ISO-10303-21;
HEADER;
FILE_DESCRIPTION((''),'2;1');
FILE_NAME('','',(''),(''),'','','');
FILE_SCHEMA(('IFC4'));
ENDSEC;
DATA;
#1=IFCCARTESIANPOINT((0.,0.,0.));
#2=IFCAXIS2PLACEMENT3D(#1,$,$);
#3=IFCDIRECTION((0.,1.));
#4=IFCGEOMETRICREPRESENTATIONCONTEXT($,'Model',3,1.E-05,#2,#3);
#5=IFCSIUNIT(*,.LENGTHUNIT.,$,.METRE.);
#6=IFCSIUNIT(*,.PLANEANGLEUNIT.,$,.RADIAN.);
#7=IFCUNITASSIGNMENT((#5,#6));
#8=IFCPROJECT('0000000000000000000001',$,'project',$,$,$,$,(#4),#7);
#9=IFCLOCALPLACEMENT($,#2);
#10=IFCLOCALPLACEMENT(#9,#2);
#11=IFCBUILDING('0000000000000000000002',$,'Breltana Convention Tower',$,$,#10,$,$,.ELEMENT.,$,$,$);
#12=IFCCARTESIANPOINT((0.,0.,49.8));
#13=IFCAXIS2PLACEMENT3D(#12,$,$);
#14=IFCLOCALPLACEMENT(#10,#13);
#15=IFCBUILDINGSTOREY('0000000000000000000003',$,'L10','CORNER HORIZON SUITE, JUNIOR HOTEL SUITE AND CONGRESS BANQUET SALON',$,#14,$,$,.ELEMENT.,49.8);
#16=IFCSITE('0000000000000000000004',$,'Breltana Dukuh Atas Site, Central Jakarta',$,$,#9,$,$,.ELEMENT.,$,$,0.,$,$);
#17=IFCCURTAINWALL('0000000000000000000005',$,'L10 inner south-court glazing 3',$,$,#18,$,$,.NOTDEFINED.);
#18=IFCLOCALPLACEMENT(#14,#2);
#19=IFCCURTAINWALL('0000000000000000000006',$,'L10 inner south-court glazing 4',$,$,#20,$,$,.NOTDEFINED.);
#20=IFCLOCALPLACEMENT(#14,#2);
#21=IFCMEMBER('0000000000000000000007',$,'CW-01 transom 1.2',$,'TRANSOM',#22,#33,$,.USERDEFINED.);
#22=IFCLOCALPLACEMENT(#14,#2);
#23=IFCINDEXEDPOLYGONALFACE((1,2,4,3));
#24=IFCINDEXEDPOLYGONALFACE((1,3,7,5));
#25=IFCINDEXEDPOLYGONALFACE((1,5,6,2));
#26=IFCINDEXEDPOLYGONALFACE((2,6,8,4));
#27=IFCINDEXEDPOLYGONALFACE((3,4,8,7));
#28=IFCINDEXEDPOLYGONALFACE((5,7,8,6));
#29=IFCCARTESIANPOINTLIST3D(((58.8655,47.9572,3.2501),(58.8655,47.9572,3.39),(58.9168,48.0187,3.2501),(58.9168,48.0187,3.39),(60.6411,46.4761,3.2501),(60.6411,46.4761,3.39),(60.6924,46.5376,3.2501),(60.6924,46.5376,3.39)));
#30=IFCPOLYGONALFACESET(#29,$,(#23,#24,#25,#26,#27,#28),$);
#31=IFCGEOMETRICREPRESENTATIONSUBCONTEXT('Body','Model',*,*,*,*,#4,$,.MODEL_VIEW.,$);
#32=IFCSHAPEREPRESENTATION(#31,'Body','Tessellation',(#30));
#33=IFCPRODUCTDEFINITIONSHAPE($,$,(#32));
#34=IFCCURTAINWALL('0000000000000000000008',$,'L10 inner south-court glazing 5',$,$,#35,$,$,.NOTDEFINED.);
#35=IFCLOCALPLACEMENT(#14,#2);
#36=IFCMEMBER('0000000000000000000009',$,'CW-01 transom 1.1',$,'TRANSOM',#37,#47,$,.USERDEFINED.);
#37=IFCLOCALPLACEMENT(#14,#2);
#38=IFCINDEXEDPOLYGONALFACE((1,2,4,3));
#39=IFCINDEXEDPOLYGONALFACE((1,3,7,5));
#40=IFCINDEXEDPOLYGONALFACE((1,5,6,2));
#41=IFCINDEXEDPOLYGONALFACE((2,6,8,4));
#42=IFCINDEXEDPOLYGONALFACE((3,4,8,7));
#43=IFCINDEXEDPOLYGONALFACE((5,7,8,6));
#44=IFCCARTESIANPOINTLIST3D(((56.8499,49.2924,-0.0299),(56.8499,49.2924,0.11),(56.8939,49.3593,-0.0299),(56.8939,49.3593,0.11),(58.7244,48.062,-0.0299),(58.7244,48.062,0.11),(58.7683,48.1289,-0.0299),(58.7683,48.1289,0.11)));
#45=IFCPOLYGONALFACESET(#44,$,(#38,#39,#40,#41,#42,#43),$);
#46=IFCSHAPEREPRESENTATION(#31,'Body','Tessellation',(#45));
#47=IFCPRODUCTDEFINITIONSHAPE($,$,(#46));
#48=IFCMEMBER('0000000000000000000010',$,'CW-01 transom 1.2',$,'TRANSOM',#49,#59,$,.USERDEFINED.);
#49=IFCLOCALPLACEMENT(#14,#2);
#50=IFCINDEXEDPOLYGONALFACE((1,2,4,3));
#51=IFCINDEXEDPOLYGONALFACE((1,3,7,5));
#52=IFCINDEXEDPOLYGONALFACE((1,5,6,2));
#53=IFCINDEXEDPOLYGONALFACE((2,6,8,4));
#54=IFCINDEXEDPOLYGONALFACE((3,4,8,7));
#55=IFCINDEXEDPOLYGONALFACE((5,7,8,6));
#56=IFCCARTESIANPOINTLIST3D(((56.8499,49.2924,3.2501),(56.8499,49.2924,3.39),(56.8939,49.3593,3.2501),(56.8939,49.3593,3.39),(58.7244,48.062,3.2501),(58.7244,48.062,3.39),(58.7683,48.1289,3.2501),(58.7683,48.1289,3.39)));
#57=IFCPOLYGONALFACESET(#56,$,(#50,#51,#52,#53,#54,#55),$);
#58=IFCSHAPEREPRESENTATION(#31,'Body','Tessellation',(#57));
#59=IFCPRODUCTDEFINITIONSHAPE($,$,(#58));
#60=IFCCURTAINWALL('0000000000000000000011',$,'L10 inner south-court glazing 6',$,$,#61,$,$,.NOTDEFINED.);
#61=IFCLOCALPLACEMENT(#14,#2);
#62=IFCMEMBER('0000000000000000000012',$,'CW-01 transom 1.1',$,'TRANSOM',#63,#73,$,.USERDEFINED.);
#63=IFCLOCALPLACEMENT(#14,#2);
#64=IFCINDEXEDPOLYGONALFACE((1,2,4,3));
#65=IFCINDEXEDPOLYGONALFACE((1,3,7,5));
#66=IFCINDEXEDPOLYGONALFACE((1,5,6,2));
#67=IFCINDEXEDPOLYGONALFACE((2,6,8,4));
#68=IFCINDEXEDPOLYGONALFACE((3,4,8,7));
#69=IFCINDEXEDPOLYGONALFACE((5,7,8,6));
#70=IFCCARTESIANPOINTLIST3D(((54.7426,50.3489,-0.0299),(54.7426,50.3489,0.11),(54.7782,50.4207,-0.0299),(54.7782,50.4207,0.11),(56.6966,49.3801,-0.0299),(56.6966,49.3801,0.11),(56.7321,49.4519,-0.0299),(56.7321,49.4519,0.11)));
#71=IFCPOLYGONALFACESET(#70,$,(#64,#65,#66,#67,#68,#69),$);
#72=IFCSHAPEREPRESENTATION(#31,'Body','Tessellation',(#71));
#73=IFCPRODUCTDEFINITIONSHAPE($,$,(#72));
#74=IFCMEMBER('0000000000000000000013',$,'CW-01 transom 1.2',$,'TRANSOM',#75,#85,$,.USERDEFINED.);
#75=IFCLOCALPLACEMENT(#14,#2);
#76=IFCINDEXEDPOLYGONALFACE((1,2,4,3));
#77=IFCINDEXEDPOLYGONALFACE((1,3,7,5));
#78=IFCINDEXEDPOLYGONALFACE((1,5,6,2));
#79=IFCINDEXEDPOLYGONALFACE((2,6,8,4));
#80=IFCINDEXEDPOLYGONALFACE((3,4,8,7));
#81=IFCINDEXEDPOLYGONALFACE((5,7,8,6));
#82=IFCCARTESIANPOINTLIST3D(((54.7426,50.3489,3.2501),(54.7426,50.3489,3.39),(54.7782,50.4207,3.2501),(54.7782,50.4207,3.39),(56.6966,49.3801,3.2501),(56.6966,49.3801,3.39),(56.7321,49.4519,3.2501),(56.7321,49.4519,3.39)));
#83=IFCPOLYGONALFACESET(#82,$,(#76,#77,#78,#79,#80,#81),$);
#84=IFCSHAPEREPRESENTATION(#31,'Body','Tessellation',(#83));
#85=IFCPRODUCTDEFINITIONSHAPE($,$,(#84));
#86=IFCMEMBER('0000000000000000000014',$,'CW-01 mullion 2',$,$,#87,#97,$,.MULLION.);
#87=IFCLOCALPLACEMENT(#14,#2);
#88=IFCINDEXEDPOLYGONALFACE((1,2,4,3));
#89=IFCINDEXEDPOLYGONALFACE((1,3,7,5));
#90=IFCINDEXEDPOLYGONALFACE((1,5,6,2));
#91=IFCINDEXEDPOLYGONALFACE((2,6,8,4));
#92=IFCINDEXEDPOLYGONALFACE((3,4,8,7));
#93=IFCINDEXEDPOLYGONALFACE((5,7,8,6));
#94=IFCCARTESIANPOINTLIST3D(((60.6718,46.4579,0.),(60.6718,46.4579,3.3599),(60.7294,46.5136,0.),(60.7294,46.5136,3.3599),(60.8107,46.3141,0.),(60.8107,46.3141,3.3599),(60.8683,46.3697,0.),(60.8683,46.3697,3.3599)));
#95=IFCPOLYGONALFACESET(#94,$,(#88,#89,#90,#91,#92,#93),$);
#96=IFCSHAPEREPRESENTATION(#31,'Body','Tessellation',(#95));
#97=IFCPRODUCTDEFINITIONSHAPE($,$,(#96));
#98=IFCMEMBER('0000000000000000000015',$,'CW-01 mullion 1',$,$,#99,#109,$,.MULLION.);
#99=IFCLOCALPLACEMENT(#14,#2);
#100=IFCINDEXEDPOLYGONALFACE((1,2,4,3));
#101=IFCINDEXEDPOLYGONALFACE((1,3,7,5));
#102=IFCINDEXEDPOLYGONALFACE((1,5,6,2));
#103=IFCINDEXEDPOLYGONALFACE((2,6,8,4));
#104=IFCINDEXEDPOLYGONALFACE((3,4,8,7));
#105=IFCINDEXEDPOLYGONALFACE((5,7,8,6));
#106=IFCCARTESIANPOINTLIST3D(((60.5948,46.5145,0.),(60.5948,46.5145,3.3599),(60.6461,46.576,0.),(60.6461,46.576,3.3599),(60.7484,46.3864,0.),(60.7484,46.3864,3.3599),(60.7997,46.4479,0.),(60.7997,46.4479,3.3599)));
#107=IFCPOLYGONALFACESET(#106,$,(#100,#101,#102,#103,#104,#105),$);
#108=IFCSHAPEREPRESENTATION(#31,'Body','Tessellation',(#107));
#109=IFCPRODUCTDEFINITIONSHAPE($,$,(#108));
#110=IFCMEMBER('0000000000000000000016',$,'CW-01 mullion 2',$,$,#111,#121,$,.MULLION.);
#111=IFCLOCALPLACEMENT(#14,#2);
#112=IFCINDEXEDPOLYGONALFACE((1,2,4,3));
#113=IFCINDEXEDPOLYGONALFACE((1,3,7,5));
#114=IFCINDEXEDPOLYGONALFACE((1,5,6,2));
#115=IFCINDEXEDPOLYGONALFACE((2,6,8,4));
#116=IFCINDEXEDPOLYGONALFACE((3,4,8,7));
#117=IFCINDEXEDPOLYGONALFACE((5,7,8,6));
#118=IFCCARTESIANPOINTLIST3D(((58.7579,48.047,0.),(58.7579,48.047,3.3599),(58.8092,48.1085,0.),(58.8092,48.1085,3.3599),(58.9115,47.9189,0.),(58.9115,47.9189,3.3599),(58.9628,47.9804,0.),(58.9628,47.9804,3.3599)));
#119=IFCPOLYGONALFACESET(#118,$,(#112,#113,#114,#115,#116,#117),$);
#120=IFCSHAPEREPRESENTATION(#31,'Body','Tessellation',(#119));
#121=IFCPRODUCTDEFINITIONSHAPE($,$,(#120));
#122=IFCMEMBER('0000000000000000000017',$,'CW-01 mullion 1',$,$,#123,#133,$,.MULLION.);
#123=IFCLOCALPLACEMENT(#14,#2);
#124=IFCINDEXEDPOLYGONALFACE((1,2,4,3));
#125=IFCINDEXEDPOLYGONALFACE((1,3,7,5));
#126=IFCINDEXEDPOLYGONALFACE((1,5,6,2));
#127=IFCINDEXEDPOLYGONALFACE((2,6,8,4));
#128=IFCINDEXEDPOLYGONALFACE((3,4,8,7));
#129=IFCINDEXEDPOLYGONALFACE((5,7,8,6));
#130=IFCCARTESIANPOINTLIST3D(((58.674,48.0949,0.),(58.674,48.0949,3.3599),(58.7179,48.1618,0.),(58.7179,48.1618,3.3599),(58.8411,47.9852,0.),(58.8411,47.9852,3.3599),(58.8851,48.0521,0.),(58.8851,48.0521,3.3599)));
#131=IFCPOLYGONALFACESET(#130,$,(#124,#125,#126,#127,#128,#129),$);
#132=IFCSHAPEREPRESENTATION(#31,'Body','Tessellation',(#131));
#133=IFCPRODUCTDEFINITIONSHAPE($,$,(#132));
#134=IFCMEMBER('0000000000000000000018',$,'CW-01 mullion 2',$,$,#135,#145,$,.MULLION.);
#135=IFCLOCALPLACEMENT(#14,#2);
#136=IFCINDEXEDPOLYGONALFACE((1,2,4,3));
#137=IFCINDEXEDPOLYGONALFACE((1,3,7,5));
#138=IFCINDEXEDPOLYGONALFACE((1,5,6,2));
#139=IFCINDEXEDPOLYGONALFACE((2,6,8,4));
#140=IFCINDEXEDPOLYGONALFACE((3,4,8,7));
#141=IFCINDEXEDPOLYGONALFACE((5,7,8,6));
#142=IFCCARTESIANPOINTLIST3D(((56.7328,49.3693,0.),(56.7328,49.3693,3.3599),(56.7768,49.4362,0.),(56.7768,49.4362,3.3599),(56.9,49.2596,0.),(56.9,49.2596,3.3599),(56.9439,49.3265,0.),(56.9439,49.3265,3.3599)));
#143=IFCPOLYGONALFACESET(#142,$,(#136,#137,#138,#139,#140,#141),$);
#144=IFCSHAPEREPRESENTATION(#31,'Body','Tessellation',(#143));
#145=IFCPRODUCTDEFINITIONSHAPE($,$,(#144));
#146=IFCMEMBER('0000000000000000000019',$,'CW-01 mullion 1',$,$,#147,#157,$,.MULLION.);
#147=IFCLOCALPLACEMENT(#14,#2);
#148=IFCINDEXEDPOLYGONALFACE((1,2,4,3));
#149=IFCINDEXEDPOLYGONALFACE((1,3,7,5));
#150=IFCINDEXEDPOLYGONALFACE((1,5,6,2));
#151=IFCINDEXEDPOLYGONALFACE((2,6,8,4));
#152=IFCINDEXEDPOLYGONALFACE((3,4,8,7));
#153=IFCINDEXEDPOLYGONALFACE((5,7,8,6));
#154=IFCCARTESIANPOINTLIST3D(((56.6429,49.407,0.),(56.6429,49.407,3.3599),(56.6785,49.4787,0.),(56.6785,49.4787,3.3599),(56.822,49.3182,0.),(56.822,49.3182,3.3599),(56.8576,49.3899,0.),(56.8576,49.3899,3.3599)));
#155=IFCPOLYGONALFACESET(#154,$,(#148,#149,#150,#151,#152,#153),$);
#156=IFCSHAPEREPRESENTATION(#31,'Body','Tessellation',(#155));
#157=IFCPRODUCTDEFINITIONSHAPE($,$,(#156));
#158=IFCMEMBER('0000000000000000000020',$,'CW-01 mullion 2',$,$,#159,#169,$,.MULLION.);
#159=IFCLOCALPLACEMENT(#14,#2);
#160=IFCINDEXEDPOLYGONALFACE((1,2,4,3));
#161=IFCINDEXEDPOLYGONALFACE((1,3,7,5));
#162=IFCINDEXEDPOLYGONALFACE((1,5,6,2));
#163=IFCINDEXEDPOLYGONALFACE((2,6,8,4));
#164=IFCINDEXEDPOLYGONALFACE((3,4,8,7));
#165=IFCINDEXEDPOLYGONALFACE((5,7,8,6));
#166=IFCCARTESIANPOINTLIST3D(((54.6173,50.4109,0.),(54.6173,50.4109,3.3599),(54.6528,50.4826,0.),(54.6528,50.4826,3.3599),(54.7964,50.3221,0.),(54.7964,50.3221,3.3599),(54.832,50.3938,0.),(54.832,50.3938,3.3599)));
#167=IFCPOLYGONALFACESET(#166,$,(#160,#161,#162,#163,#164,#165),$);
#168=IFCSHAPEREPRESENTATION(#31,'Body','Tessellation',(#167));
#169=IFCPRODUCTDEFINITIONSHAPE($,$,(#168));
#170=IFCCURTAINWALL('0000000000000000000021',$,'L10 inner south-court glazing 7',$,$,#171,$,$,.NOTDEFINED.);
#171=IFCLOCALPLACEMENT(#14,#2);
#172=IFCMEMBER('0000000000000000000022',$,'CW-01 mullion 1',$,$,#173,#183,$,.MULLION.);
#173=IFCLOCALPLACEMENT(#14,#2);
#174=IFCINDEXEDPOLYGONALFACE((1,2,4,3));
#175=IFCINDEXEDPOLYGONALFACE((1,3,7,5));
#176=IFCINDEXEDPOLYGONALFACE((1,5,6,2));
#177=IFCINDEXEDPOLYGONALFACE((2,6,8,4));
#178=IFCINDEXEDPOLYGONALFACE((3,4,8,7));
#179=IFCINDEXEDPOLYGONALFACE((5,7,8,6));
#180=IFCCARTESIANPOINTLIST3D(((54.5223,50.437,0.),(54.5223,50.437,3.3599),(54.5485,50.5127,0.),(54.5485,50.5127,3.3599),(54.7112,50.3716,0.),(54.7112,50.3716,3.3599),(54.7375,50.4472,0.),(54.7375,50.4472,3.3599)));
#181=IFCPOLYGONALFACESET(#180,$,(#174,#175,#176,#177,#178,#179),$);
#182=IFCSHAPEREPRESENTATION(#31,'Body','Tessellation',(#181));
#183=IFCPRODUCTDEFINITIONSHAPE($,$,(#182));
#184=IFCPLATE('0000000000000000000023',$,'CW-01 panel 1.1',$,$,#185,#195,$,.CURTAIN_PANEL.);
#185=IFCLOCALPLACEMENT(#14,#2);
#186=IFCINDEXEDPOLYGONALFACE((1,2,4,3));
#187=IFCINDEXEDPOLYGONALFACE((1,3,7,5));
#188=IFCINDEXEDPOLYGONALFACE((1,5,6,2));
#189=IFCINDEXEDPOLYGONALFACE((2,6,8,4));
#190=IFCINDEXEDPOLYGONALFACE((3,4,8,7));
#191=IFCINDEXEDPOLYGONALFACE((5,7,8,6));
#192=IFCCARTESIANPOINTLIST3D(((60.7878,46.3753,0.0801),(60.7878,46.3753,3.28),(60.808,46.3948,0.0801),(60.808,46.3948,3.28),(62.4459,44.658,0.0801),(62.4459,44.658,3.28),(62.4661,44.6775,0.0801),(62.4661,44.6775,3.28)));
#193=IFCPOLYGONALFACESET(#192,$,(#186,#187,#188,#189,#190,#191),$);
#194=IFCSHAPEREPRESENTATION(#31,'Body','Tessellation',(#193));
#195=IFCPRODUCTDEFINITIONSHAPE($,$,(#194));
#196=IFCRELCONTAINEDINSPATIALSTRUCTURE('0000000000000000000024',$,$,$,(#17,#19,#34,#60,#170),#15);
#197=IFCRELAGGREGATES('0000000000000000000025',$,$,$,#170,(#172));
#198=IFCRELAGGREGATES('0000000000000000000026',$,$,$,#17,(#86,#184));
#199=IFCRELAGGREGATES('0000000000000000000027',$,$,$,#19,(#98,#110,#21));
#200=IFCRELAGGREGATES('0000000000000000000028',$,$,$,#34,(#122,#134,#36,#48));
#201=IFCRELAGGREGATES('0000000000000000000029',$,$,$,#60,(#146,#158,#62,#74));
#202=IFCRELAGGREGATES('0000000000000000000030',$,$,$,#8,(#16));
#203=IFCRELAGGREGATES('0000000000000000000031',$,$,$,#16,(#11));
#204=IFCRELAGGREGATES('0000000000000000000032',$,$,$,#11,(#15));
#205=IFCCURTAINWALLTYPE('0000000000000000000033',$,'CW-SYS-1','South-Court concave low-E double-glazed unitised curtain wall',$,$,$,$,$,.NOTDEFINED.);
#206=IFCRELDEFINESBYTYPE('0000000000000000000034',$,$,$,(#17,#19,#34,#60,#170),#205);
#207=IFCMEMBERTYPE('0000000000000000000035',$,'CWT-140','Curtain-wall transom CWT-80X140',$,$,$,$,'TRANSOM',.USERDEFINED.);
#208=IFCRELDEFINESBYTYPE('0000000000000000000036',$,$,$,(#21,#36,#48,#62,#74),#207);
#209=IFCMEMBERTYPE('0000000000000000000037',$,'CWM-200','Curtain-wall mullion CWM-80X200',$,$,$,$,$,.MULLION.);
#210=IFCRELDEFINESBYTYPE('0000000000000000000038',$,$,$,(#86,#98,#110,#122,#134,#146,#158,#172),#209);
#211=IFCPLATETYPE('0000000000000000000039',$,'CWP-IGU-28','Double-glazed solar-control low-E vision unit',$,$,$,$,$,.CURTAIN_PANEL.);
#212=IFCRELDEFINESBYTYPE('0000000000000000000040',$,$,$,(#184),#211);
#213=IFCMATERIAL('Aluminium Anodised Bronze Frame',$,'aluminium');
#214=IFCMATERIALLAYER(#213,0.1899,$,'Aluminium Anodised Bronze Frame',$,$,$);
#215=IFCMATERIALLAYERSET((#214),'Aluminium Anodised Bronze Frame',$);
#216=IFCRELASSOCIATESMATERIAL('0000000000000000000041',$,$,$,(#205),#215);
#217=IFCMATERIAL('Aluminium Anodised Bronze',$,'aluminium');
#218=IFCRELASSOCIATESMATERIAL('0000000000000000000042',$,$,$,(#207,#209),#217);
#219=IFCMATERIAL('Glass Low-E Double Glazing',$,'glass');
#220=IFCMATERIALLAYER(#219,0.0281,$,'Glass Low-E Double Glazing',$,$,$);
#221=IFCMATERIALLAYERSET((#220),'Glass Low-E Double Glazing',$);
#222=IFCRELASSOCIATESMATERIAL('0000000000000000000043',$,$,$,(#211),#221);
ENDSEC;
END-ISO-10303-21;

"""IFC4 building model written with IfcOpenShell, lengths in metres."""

from ifc_helpers import new_model, si_unit, direction, frame, origin, origin_2d, place, context, subcontext, project, spatial, rectangle, extrude, source, transform, mapped, material, layer, layer_set, material_profile, profile_set, type_object, element, aggregate, save


model = new_model("IFC4")

# Units and contexts
model_context = context("Model", 3, precision=1e-05, world=origin(), true_north=direction((0.0, 1.0)))
body_context = subcontext(model_context, "Body", "Model", "MODEL_VIEW")
ifc_project = project(units=[si_unit("LENGTHUNIT", "METRE"), si_unit("PLANEANGLEUNIT", "RADIAN")], contexts=[model_context])

# Site, building, storey
site_placement = place(None, origin())
site = spatial("IfcSite", under=ifc_project, at=site_placement, Name="Breltana Dukuh Atas Site, Central Jakarta", CompositionType="ELEMENT", RefElevation=0.0)
building_placement = place(site_placement, origin())
building = spatial("IfcBuilding", under=site, at=building_placement, Name="Breltana Convention Tower", CompositionType="ELEMENT")
storey_placement = place(building_placement, frame((0.0, 0.0, 49.8)))
storey = spatial("IfcBuildingStorey", under=building, at=storey_placement, Name="L10", Description="CORNER HORIZON SUITE, JUNIOR HOTEL SUITE AND CONGRESS BANQUET SALON", CompositionType="ELEMENT", Elevation=49.8)

# Curtain wall
ifc_material_1 = material(Name="Aluminium Anodised Bronze Frame", Category="aluminium")
ifc_layer_1 = layer(ifc_material_1, 0.1899, Name="Aluminium Anodised Bronze Frame")
ifc_layer_set_1 = layer_set([ifc_layer_1], Name="Aluminium Anodised Bronze Frame")
curtain_wall_type = type_object("IfcCurtainWallType", Name="CW-SYS-1", Description="South-Court concave low-E double-glazed unitised curtain wall", PredefinedType="NOTDEFINED", material=ifc_layer_set_1)
curtain_wall_1_placement = place(storey_placement, origin())
curtain_wall_1 = element("IfcCurtainWall", 1, at=curtain_wall_1_placement, inside=storey, type_object=curtain_wall_type, Name="L10 inner south-court glazing 3", PredefinedType="NOTDEFINED")
ifc_material_2 = material(Name="Aluminium Anodised Bronze", Category="aluminium")
ifc_material_profile_1 = material_profile(ifc_material_2, rectangle(XDim=0.0801, YDim=0.1399, at=origin_2d()), Name="CWT-80X140")
ifc_profile_set_1 = profile_set([ifc_material_profile_1], Name="Aluminium Anodised Bronze")
member_type_1 = type_object("IfcMemberType", Name="CWT-140", Description="Curtain-wall transom CWT-80X140", ElementType="TRANSOM", PredefinedType="USERDEFINED", material=ifc_profile_set_1)

# Curtain walls, members
curtain_wall_2_placement = place(storey_placement, origin())
curtain_wall_2 = element("IfcCurtainWall", 2, at=curtain_wall_2_placement, inside=storey, type_object=curtain_wall_type, Name="L10 inner south-court glazing 4", PredefinedType="NOTDEFINED")
shared_shape_1 = source(origin(), body_context, "Body", "SweptSolid", [
    extrude(rectangle(XDim=0.0801, YDim=0.1399, at=origin_2d()), origin(), (0.0, 0.0, 1.0), 2.3123),
])
member_1_placement = place(storey_placement, frame((60.6667, 46.5068, 3.3201), z_axis=(-0.767901, 0.640569, 0.0), x_axis=(-0.640569, -0.767901, 0.0)))
member_1 = element("IfcMember", 3, at=member_1_placement, type_object=member_type_1, Name="CW-01 transom 1.2", ObjectType="TRANSOM", PredefinedType="USERDEFINED", context=body_context, shape_type="MappedRepresentation", body=[
    mapped(shared_shape_1, transform((0.0, 0.0, 0.0), scale=1.0)),
])
curtain_wall_3_placement = place(storey_placement, origin())
curtain_wall_3 = element("IfcCurtainWall", 4, at=curtain_wall_3_placement, inside=storey, type_object=curtain_wall_type, Name="L10 inner south-court glazing 5", PredefinedType="NOTDEFINED")
shared_shape_2 = source(origin(), body_context, "Body", "SweptSolid", [
    extrude(rectangle(XDim=0.0801, YDim=0.1399, at=origin_2d()), origin(), (0.0, 0.0, 1.0), 2.2422),
])
member_2_placement = place(storey_placement, frame((58.7463, 48.0955, 0.04), z_axis=(-0.835982, 0.548756, 0.0), x_axis=(-0.548756, -0.835982, 0.0)))
member_2 = element("IfcMember", 5, at=member_2_placement, type_object=member_type_1, Name="CW-01 transom 1.1", ObjectType="TRANSOM", PredefinedType="USERDEFINED", context=body_context, shape_type="MappedRepresentation", body=[
    mapped(shared_shape_2, transform((0.0, 0.0, 0.0), scale=1.0)),
])
member_3_placement = place(storey_placement, frame((58.7463, 48.0955, 3.3201), z_axis=(-0.835982, 0.548756, 0.0), x_axis=(-0.548756, -0.835982, 0.0)))
member_3 = element("IfcMember", 6, at=member_3_placement, type_object=member_type_1, Name="CW-01 transom 1.2", ObjectType="TRANSOM", PredefinedType="USERDEFINED", context=body_context, shape_type="MappedRepresentation", body=[
    mapped(shared_shape_2, transform((0.0, 0.0, 0.0), scale=1.0)),
])
curtain_wall_4_placement = place(storey_placement, origin())
curtain_wall_4 = element("IfcCurtainWall", 7, at=curtain_wall_4_placement, inside=storey, type_object=curtain_wall_type, Name="L10 inner south-court glazing 6", PredefinedType="NOTDEFINED")
shared_shape_3 = source(origin(), body_context, "Body", "SweptSolid", [
    extrude(rectangle(XDim=0.0801, YDim=0.1399, at=origin_2d()), origin(), (0.0, 0.0, 1.0), 2.1809),
])
member_4_placement = place(storey_placement, frame((56.7144, 49.416, 0.04), z_axis=(-0.895922, 0.444211, 0.0), x_axis=(-0.444211, -0.895922, 0.0)))
member_4 = element("IfcMember", 8, at=member_4_placement, type_object=member_type_1, Name="CW-01 transom 1.1", ObjectType="TRANSOM", PredefinedType="USERDEFINED", context=body_context, shape_type="MappedRepresentation", body=[
    mapped(shared_shape_3, transform((0.0, 0.0, 0.0), scale=1.0)),
])
member_5_placement = place(storey_placement, frame((56.7144, 49.416, 3.3201), z_axis=(-0.895922, 0.444211, 0.0), x_axis=(-0.444211, -0.895922, 0.0)))
member_5 = element("IfcMember", 9, at=member_5_placement, type_object=member_type_1, Name="CW-01 transom 1.2", ObjectType="TRANSOM", PredefinedType="USERDEFINED", context=body_context, shape_type="MappedRepresentation", body=[
    mapped(shared_shape_3, transform((0.0, 0.0, 0.0), scale=1.0)),
])

# Members
ifc_material_profile_2 = material_profile(ifc_material_2, rectangle(XDim=0.0801, YDim=0.2, at=origin_2d()), Name="CWM-80X200")
ifc_profile_set_2 = profile_set([ifc_material_profile_2], Name="Aluminium Anodised Bronze")
member_type_2 = type_object("IfcMemberType", Name="CWM-200", Description="Curtain-wall mullion CWM-80X200", PredefinedType="MULLION", material=ifc_profile_set_2)
shared_shape_4 = source(origin(), body_context, "Body", "SweptSolid", [
    extrude(rectangle(XDim=0.0801, YDim=0.2, at=origin_2d()), origin(), (0.0, 0.0, 1.0), 3.3599),
])
member_6_placement = place(storey_placement, frame((60.77, 46.4138, 0.0), z_axis=(0.0, 0.0, 1.0), x_axis=(-0.719385, -0.694612, 0.0)))
member_6 = element("IfcMember", 10, at=member_6_placement, type_object=member_type_2, Name="CW-01 mullion 2", PredefinedType="MULLION", context=body_context, shape_type="MappedRepresentation", body=[
    mapped(shared_shape_4, transform((0.0, 0.0, 0.0), scale=1.0)),
])
member_7_placement = place(storey_placement, frame((60.6973, 46.4812, 0.0), z_axis=(0.0, 0.0, 1.0), x_axis=(-0.640523, -0.767939, 0.0)))
member_7 = element("IfcMember", 11, at=member_7_placement, type_object=member_type_2, Name="CW-01 mullion 1", PredefinedType="MULLION", context=body_context, shape_type="MappedRepresentation", body=[
    mapped(shared_shape_4, transform((0.0, 0.0, 0.0), scale=1.0)),
])
member_8_placement = place(storey_placement, frame((58.8604, 48.0137, 0.0), z_axis=(0.0, 0.0, 1.0), x_axis=(-0.640523, -0.767939, 0.0)))
member_8 = element("IfcMember", 12, at=member_8_placement, type_object=member_type_2, Name="CW-01 mullion 2", PredefinedType="MULLION", context=body_context, shape_type="MappedRepresentation", body=[
    mapped(shared_shape_4, transform((0.0, 0.0, 0.0), scale=1.0)),
])
member_9_placement = place(storey_placement, frame((58.7795, 48.0735, 0.0), z_axis=(0.0, 0.0, 1.0), x_axis=(-0.548778, -0.835968, 0.0)))
member_9 = element("IfcMember", 13, at=member_9_placement, type_object=member_type_2, Name="CW-01 mullion 1", PredefinedType="MULLION", context=body_context, shape_type="MappedRepresentation", body=[
    mapped(shared_shape_4, transform((0.0, 0.0, 0.0), scale=1.0)),
])
member_10_placement = place(storey_placement, frame((56.8384, 49.3479, 0.0), z_axis=(0.0, 0.0, 1.0), x_axis=(-0.548778, -0.835968, 0.0)))
member_10 = element("IfcMember", 14, at=member_10_placement, type_object=member_type_2, Name="CW-01 mullion 2", PredefinedType="MULLION", context=body_context, shape_type="MappedRepresentation", body=[
    mapped(shared_shape_4, transform((0.0, 0.0, 0.0), scale=1.0)),
])
member_11_placement = place(storey_placement, frame((56.7502, 49.3984, 0.0), z_axis=(0.0, 0.0, 1.0), x_axis=(-0.444118, -0.895968, 0.0)))
member_11 = element("IfcMember", 15, at=member_11_placement, type_object=member_type_2, Name="CW-01 mullion 1", PredefinedType="MULLION", context=body_context, shape_type="MappedRepresentation", body=[
    mapped(shared_shape_4, transform((0.0, 0.0, 0.0), scale=1.0)),
])
member_12_placement = place(storey_placement, frame((54.7246, 50.4023, 0.0), z_axis=(0.0, 0.0, 1.0), x_axis=(-0.444118, -0.895968, 0.0)))
member_12 = element("IfcMember", 16, at=member_12_placement, type_object=member_type_2, Name="CW-01 mullion 2", PredefinedType="MULLION", context=body_context, shape_type="MappedRepresentation", body=[
    mapped(shared_shape_4, transform((0.0, 0.0, 0.0), scale=1.0)),
])

# Curtain wall, member
curtain_wall_5_placement = place(storey_placement, origin())
curtain_wall_5 = element("IfcCurtainWall", 17, at=curtain_wall_5_placement, inside=storey, type_object=curtain_wall_type, Name="L10 inner south-court glazing 7", PredefinedType="NOTDEFINED")
member_13_placement = place(storey_placement, frame((54.6299, 50.4421, 0.0), z_axis=(0.0, 0.0, 1.0), x_axis=(-0.327413, -0.944881, 0.0)))
member_13 = element("IfcMember", 18, at=member_13_placement, type_object=member_type_2, Name="CW-01 mullion 1", PredefinedType="MULLION", context=body_context, shape_type="MappedRepresentation", body=[
    mapped(shared_shape_4, transform((0.0, 0.0, 0.0), scale=1.0)),
])
aggregate(curtain_wall_5, [member_13])

# Plate
ifc_material_3 = material(Name="Glass Low-E Double Glazing", Category="glass")
ifc_layer_2 = layer(ifc_material_3, 0.0281, Name="Glass Low-E Double Glazing")
ifc_layer_set_2 = layer_set([ifc_layer_2], Name="Glass Low-E Double Glazing")
plate_type = type_object("IfcPlateType", Name="CWP-IGU-28", Description="Double-glazed solar-control low-E vision unit", PredefinedType="CURTAIN_PANEL", material=ifc_layer_set_2)
shared_shape_5 = source(origin(), body_context, "Body", "SweptSolid", [
    extrude(rectangle(XDim=2.3872, YDim=0.0281, at=origin_2d()), origin(), (0.0, 0.0, 1.0), 3.2),
])
plate_1_placement = place(storey_placement, frame((61.627, 45.5264, 0.0801), z_axis=(0.0, 0.0, 1.0), x_axis=(-0.694612, 0.719385, 0.0)))
plate_1 = element("IfcPlate", 19, at=plate_1_placement, type_object=plate_type, Name="CW-01 panel 1.1", PredefinedType="CURTAIN_PANEL", context=body_context, shape_type="MappedRepresentation", body=[
    mapped(shared_shape_5, transform((0.0, 0.0, 0.0), scale=1.0)),
])
aggregate(curtain_wall_1, [member_6, plate_1])
aggregate(curtain_wall_2, [member_7, member_8, member_1])
aggregate(curtain_wall_3, [member_9, member_10, member_2, member_3])
aggregate(curtain_wall_4, [member_11, member_12, member_4, member_5])

save(model, "model.ifc")
